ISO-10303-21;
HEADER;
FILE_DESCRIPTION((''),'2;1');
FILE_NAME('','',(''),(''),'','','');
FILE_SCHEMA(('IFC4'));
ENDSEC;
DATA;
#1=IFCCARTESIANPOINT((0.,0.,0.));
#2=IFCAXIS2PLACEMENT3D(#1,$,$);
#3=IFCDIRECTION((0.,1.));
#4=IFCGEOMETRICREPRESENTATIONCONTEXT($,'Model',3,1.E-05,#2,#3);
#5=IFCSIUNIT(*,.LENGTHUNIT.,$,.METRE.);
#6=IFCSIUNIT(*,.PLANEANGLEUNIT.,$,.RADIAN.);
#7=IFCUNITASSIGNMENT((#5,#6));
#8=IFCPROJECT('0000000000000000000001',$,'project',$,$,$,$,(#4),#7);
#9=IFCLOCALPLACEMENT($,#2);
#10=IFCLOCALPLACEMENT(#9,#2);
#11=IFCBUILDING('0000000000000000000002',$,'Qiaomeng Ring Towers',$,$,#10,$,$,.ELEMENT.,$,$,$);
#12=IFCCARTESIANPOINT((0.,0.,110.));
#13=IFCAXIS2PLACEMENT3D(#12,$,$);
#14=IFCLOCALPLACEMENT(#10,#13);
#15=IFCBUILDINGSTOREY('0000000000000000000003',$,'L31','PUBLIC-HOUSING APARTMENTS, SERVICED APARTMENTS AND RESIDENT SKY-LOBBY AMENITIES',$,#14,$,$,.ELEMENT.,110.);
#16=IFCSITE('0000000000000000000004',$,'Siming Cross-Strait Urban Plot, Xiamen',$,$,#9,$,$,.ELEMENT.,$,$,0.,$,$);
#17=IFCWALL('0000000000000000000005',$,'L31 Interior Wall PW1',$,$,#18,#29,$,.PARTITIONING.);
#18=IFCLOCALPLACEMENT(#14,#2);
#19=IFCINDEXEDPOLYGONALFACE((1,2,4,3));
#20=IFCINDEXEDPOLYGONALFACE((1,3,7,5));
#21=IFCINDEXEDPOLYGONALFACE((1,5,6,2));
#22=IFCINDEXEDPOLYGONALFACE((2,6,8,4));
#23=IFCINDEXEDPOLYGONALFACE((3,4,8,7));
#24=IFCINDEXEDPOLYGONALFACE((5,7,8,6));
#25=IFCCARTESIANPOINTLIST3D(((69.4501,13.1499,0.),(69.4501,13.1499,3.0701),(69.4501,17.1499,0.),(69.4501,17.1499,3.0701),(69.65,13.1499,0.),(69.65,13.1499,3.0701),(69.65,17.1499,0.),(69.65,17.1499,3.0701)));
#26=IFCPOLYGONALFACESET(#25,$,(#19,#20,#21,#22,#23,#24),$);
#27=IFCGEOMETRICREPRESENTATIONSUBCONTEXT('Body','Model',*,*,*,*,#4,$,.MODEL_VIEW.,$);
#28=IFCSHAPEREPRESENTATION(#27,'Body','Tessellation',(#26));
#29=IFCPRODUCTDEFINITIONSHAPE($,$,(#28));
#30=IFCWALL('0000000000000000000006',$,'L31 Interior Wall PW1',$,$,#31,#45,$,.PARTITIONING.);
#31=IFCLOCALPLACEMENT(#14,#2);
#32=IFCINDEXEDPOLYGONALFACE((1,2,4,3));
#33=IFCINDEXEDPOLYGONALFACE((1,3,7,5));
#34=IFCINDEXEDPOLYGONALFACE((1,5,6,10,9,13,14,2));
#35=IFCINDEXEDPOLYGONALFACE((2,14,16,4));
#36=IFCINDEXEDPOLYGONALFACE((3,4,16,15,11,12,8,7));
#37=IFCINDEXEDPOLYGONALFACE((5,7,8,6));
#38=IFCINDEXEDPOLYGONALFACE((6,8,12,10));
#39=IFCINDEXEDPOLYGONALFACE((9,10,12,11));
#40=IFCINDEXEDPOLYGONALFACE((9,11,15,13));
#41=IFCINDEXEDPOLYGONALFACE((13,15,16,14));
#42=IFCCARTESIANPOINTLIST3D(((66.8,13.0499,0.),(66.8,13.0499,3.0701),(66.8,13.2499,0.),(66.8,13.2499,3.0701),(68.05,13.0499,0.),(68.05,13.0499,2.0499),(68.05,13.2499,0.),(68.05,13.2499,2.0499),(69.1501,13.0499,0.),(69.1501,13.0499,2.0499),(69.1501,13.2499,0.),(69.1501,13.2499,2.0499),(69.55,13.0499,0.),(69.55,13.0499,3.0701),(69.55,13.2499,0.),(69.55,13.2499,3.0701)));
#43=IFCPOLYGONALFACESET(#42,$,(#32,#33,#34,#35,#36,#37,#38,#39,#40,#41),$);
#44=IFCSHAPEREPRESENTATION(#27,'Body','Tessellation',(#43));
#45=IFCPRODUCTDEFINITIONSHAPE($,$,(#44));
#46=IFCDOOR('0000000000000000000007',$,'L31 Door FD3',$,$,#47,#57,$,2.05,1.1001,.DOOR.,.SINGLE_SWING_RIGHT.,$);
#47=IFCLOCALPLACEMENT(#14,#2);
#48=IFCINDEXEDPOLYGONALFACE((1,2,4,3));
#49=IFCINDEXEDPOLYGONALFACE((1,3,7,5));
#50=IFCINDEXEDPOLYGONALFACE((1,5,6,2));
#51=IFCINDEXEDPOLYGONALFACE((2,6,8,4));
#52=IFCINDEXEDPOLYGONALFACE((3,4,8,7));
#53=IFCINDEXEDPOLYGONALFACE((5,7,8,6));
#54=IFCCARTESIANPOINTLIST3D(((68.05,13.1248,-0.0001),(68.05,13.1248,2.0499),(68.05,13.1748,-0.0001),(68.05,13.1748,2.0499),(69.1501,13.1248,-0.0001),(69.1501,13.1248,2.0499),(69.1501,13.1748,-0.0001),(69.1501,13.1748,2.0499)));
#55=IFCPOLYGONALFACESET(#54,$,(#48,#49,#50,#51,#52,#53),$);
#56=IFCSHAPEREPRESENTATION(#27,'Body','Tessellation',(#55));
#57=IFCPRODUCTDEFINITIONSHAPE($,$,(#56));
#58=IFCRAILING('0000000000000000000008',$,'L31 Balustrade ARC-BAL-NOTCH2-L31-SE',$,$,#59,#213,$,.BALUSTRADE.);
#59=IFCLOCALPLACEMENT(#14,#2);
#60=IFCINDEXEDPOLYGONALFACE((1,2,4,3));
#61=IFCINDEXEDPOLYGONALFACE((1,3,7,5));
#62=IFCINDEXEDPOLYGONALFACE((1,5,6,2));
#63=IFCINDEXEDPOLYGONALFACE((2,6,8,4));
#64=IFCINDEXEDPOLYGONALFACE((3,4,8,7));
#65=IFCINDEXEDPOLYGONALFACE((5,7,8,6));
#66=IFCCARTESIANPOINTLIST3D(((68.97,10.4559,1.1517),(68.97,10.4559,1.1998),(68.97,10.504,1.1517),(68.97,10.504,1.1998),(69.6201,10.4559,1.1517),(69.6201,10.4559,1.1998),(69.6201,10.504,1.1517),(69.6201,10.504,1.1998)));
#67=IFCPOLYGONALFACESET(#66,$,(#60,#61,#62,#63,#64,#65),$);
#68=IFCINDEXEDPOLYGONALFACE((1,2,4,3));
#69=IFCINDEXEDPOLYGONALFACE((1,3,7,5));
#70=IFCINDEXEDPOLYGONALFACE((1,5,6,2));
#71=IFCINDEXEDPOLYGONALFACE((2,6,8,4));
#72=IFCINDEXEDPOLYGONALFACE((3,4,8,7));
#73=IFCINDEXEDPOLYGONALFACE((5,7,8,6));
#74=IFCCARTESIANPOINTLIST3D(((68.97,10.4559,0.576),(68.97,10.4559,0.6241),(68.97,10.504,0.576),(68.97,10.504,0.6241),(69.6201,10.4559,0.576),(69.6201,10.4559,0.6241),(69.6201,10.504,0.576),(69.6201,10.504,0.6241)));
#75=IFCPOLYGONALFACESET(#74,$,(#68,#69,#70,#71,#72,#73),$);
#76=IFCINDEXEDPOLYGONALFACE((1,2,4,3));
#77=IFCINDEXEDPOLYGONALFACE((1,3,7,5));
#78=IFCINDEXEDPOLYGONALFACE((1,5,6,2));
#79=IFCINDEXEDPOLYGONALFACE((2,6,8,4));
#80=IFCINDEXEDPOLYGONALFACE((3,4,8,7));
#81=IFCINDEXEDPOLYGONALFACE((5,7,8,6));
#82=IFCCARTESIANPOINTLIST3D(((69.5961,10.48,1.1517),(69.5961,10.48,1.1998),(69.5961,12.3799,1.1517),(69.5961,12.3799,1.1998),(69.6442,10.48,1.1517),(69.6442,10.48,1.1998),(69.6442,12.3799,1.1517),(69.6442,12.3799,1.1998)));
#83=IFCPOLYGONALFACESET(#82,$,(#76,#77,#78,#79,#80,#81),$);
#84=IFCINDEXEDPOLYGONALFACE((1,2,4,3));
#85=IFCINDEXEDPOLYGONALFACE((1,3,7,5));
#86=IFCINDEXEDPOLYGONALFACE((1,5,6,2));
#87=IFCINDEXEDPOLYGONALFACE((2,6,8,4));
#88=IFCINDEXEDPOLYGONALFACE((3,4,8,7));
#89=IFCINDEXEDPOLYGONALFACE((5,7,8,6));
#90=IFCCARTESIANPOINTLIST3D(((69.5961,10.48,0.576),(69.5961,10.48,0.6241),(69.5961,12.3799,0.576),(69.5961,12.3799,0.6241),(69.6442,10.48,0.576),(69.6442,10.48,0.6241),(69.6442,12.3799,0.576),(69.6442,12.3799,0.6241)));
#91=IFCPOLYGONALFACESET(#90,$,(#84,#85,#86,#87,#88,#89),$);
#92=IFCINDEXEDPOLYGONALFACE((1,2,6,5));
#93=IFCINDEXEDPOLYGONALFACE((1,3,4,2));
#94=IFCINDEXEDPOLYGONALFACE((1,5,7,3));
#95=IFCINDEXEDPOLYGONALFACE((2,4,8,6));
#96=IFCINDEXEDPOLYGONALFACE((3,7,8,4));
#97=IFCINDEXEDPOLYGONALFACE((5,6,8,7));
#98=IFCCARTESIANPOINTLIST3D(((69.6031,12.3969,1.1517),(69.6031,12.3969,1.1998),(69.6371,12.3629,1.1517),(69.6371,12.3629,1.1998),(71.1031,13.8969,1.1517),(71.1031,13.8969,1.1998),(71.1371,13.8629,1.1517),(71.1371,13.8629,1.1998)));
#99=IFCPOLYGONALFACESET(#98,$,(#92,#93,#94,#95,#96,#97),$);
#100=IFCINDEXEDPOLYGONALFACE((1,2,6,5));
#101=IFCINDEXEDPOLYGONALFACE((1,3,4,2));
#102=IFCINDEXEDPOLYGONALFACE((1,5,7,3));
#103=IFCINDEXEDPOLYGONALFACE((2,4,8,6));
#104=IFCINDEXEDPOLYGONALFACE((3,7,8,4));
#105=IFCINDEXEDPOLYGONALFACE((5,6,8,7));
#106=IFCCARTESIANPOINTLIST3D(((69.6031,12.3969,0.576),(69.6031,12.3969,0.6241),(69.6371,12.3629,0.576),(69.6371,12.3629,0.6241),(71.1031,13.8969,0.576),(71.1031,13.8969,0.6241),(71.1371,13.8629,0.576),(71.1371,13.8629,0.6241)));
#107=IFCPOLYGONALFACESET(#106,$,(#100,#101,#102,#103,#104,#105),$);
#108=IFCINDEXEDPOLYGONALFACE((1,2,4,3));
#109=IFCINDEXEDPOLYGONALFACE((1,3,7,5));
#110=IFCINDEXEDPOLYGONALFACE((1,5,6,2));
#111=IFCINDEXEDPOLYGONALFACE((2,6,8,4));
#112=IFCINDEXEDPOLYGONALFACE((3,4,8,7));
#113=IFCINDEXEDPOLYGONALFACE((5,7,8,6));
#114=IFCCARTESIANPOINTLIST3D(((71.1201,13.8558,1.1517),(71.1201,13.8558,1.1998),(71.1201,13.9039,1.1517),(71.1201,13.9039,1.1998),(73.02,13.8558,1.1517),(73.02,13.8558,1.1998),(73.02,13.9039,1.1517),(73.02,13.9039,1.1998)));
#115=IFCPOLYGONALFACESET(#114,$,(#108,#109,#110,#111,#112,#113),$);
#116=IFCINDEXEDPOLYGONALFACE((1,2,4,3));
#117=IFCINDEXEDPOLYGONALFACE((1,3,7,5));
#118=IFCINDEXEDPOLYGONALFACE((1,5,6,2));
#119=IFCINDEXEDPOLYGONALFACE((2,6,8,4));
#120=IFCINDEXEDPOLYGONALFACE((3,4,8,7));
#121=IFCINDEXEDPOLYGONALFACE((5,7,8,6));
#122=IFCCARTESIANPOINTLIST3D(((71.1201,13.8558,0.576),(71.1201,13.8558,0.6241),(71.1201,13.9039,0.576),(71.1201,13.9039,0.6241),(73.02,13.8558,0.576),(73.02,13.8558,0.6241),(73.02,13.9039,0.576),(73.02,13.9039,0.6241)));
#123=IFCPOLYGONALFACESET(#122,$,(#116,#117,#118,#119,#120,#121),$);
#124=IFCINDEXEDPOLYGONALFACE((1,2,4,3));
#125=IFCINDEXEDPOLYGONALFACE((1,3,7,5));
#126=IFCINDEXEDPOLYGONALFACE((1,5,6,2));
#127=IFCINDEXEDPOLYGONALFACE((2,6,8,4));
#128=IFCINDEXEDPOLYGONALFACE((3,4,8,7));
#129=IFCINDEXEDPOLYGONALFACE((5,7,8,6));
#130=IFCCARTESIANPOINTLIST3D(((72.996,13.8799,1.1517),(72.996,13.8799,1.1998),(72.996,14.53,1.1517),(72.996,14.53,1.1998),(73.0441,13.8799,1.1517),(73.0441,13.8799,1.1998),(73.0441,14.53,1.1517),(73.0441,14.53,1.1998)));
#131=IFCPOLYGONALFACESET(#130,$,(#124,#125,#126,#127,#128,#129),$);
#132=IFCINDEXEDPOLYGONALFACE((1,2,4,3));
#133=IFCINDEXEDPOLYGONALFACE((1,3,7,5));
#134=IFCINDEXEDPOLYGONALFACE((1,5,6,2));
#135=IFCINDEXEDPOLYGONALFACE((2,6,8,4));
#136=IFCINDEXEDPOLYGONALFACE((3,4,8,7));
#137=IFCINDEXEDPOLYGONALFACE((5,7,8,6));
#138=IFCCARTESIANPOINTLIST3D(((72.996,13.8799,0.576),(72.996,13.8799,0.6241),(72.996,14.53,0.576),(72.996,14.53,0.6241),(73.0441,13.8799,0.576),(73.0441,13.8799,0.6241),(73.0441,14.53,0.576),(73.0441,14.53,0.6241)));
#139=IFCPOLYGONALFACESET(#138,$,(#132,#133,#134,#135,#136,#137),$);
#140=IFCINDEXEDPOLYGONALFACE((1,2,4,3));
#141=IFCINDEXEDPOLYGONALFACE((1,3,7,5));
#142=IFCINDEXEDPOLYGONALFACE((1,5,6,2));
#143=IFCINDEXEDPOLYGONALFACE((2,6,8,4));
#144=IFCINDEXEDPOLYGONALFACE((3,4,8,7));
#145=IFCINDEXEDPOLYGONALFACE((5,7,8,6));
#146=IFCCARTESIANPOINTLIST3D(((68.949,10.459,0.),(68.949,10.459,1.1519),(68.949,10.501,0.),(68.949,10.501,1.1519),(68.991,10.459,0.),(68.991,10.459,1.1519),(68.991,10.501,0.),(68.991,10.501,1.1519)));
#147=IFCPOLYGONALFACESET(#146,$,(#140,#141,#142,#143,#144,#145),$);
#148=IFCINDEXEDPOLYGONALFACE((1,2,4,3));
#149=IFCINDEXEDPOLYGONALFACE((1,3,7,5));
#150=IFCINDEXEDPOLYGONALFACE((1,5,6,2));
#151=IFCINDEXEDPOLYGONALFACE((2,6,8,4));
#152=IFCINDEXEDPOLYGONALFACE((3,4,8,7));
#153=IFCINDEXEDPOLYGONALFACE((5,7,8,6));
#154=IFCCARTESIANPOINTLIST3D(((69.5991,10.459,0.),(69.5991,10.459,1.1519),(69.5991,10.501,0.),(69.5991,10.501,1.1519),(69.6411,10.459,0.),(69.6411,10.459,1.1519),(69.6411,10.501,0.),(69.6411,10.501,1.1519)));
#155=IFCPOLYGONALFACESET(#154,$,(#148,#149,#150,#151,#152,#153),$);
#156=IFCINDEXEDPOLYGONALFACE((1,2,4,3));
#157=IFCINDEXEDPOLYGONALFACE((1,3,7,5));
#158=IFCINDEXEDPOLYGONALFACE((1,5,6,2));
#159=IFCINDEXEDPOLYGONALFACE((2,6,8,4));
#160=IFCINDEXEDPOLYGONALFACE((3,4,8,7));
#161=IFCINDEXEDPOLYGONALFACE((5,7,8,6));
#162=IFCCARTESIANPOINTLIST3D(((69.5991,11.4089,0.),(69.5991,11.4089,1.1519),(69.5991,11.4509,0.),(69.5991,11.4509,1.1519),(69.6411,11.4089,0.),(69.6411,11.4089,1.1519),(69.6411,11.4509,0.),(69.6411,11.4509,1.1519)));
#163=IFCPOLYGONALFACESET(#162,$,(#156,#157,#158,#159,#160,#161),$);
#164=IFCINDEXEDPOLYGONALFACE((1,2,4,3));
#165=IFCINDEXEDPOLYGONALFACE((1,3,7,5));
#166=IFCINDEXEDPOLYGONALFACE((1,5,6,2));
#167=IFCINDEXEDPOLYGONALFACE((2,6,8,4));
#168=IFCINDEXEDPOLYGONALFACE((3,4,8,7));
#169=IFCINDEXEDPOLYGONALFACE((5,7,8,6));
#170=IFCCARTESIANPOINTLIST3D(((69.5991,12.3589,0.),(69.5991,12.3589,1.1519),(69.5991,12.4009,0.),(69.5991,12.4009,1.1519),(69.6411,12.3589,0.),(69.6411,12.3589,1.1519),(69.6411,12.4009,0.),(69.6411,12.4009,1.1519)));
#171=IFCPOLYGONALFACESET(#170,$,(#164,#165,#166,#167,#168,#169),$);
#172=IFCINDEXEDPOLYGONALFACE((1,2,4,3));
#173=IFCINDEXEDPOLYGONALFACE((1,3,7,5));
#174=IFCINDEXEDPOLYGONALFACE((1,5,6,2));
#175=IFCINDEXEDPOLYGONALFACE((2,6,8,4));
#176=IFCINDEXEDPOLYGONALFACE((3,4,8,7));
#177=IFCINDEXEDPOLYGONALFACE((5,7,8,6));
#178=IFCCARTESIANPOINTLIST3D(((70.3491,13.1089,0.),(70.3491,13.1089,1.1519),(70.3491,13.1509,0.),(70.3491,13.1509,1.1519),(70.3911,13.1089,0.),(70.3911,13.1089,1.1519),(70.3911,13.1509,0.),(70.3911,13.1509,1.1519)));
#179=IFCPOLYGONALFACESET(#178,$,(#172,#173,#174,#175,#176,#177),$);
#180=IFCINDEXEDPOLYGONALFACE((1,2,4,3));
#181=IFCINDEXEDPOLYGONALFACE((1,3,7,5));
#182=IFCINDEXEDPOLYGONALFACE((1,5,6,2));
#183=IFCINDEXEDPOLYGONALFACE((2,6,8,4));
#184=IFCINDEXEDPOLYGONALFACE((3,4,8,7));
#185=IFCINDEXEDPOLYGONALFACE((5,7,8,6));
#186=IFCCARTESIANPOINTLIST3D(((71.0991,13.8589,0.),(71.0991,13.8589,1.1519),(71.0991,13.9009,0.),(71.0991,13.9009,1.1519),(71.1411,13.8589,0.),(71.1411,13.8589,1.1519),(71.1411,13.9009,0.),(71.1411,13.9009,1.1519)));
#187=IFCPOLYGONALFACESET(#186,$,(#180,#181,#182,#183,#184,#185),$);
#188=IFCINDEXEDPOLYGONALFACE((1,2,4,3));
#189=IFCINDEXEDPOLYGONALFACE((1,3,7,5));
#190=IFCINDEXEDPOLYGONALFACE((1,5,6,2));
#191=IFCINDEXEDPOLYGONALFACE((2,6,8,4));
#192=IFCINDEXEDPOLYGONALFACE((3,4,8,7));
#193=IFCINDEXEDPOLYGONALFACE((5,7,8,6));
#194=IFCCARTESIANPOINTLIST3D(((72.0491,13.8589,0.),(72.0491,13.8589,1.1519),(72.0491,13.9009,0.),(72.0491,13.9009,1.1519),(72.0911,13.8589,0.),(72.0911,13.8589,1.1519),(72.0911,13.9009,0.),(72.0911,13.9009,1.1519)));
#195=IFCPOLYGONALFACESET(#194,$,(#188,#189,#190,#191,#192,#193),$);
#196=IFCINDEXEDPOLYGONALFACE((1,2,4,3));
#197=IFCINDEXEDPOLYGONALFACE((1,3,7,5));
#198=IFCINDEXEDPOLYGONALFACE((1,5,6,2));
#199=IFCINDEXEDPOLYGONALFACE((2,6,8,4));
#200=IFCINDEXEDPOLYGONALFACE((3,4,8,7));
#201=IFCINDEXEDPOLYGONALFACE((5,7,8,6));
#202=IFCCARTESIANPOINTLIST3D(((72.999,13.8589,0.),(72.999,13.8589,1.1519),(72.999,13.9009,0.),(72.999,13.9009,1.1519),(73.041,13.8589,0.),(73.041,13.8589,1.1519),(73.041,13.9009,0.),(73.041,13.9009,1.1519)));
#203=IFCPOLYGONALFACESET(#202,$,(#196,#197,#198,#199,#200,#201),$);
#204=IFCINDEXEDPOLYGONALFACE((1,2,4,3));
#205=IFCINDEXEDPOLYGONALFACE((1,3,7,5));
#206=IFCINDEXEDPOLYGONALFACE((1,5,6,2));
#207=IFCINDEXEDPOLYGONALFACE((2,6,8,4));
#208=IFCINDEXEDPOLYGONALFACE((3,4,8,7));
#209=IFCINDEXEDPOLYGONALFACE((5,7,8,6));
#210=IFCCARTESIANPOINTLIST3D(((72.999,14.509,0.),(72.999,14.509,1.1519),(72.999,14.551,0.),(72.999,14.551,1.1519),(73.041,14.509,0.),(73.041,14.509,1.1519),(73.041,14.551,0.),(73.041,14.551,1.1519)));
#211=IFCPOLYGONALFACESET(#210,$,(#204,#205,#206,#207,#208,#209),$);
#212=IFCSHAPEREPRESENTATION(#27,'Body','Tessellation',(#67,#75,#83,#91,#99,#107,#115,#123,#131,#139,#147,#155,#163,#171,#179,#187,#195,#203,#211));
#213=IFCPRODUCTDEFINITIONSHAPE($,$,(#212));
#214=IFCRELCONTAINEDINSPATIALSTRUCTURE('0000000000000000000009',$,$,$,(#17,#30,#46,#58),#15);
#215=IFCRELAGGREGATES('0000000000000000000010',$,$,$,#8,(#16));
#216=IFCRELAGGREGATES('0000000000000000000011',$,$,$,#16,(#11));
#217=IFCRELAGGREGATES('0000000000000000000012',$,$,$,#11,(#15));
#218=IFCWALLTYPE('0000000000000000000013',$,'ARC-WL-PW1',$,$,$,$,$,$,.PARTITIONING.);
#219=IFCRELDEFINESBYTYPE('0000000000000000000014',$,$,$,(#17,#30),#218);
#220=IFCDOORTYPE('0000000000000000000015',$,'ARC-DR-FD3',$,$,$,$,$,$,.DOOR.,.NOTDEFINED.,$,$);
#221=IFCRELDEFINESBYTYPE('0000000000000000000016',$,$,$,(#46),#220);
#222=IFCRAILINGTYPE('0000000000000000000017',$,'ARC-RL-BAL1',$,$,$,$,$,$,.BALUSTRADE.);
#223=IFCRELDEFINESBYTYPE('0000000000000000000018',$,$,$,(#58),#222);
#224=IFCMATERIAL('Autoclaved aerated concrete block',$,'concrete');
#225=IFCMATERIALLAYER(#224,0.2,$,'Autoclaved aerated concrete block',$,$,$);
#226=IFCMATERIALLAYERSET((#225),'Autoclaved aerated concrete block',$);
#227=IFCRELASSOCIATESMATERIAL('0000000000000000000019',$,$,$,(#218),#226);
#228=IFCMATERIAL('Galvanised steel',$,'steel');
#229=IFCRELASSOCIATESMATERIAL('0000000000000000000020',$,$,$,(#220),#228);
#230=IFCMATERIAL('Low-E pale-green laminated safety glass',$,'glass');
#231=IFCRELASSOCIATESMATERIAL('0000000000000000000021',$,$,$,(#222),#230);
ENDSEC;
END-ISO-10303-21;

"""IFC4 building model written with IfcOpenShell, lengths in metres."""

from ifc_helpers import new_model, si_unit, direction, frame, frame_2d, origin, origin_2d, place, context, subcontext, project, spatial, rectangle, extrude, source, transform, mapped, material, layer, layer_set, type_object, element, fill, save


model = new_model("IFC4")

# Units and contexts
model_context = context("Model", 3, precision=1e-05, world=origin(), true_north=direction((0.0, 1.0)))
body_context = subcontext(model_context, "Body", "Model", "MODEL_VIEW")
ifc_project = project(units=[si_unit("LENGTHUNIT", "METRE"), si_unit("PLANEANGLEUNIT", "RADIAN")], contexts=[model_context])

# Site, building, storey
site_placement = place(None, origin())
site = spatial("IfcSite", under=ifc_project, at=site_placement, Name="Siming Cross-Strait Urban Plot, Xiamen", CompositionType="ELEMENT", RefElevation=0.0)
building_placement = place(site_placement, origin())
building = spatial("IfcBuilding", under=site, at=building_placement, Name="Qiaomeng Ring Towers", CompositionType="ELEMENT")
storey_placement = place(building_placement, frame((0.0, 0.0, 110.0)))
storey = spatial("IfcBuildingStorey", under=building, at=storey_placement, Name="L31", Description="PUBLIC-HOUSING APARTMENTS, SERVICED APARTMENTS AND RESIDENT SKY-LOBBY AMENITIES", CompositionType="ELEMENT", Elevation=110.0)

# Wall
ifc_material_1 = material(Name="Autoclaved aerated concrete block", Category="concrete")
ifc_layer_1 = layer(ifc_material_1, 0.2, Name="Autoclaved aerated concrete block")
ifc_layer_set_1 = layer_set([ifc_layer_1], Name="Autoclaved aerated concrete block")
wall_type_1 = type_object("IfcWallType", Name="ARC-WL-PW1", PredefinedType="PARTITIONING", material=ifc_layer_set_1)
wall_1_placement = place(storey_placement, frame((69.55, 13.1499, 0.0), z_axis=(0.0, 0.0, 1.0), x_axis=(0.0, 1.0, 0.0)))
element("IfcWall", 1, at=wall_1_placement, inside=storey, type_object=wall_type_1, Name="L31 Interior Wall PW1", PredefinedType="PARTITIONING", context=body_context, shape_type="SweptSolid", body=[
    extrude(rectangle(XDim=4.0, YDim=0.2, at=frame_2d((2.0, 0.0))), origin(), (0.0, 0.0, 1.0), 3.0701),
])

# Wall, opening, door
wall_2_placement = place(storey_placement, frame((66.8, 13.1499, 0.0), z_axis=(0.0, 0.0, 1.0), x_axis=(1.0, 0.0, 0.0)))
wall_2 = element("IfcWall", 2, at=wall_2_placement, inside=storey, type_object=wall_type_1, Name="L31 Interior Wall PW1", PredefinedType="PARTITIONING", context=body_context, shape_type="SweptSolid", body=[
    extrude(rectangle(XDim=2.75, YDim=0.2, at=frame_2d((1.375, 0.0))), origin(), (0.0, 0.0, 1.0), 3.0701),
])
opening_1_placement = place(wall_2_placement, frame((1.25, 0.0, 0.0)))
opening_1 = element("IfcOpeningElement", 3, at=opening_1_placement, cuts=wall_2, PredefinedType="OPENING", context=body_context, shape_type="SweptSolid", body=[
    extrude(rectangle(XDim=1.1001, YDim=2.05, at=frame_2d((0.55, 1.0249))), frame((0.0, 0.1099, 0.0), z_axis=(0.0, -1.0, 0.0), x_axis=(1.0, 0.0, 0.0)), (0.0, 0.0, 1.0), 0.22),
])
ifc_material_2 = material(Name="Galvanised steel", Category="steel")
door_type_1 = type_object("IfcDoorType", Name="ARC-DR-FD3", OperationType="NOTDEFINED", PredefinedType="DOOR", material=ifc_material_2)
shared_shape_1 = source(origin(), body_context, "Body", "SweptSolid", [
    extrude(rectangle(XDim=1.1001, YDim=2.05, at=frame_2d((0.55, 1.0249))), frame((0.0, 0.0249, 0.0), z_axis=(0.0, -1.0, 0.0), x_axis=(1.0, 0.0, 0.0)), (0.0, 0.0, 1.0), 0.05),
])
door_1_placement = place(opening_1_placement, origin())
door_1 = element("IfcDoor", 4, at=door_1_placement, inside=storey, type_object=door_type_1, Name="L31 Door FD3", OperationType="SINGLE_SWING_RIGHT", OverallHeight=2.05, OverallWidth=1.1001, PredefinedType="DOOR", context=body_context, shape_type="MappedRepresentation", body=[
    mapped(shared_shape_1, transform((0.0, 0.0, 0.0), x_axis=(1.0, 0.0, 0.0), y_axis=(0.0, 1.0, 0.0), z_axis=(0.0, 0.0, 1.0), scale=1.0)),
])
fill(opening_1, door_1)

# Railing
ifc_material_3 = material(Name="Low-E pale-green laminated safety glass", Category="glass")
railing_type = type_object("IfcRailingType", Name="ARC-RL-BAL1", PredefinedType="BALUSTRADE", material=ifc_material_3)
railing_placement = place(storey_placement, frame((68.97, 10.48, 0.0)))
element("IfcRailing", 5, at=railing_placement, inside=storey, type_object=railing_type, Name="L31 Balustrade ARC-BAL-NOTCH2-L31-SE", PredefinedType="BALUSTRADE", context=body_context, shape_type="SweptSolid", body=[
    extrude(rectangle(XDim=0.0481, YDim=0.0481, at=origin_2d()), frame((0.0, 0.0, 1.1758), z_axis=(1.0, 0.0, 0.0), x_axis=(0.0, 1.0, 0.0)), (0.0, 0.0, 1.0), 0.6501),
    extrude(rectangle(XDim=0.0481, YDim=0.0481, at=origin_2d()), frame((0.0, 0.0, 0.6001), z_axis=(1.0, 0.0, 0.0), x_axis=(0.0, 1.0, 0.0)), (0.0, 0.0, 1.0), 0.6501),
    extrude(rectangle(XDim=0.0481, YDim=0.0481, at=origin_2d()), frame((0.6501, 0.0, 1.1758), z_axis=(0.0, 1.0, 0.0), x_axis=(-1.0, 0.0, 0.0)), (0.0, 0.0, 1.0), 1.8999),
    extrude(rectangle(XDim=0.0481, YDim=0.0481, at=origin_2d()), frame((0.6501, 0.0, 0.6001), z_axis=(0.0, 1.0, 0.0), x_axis=(-1.0, 0.0, 0.0)), (0.0, 0.0, 1.0), 1.8999),
    extrude(rectangle(XDim=0.0481, YDim=0.0481, at=origin_2d()), frame((0.6501, 1.8999, 1.1758), z_axis=(0.707107, 0.707107, 0.0), x_axis=(-0.707107, 0.707107, 0.0)), (0.0, 0.0, 1.0), 2.1213),
    extrude(rectangle(XDim=0.0481, YDim=0.0481, at=origin_2d()), frame((0.6501, 1.8999, 0.6001), z_axis=(0.707107, 0.707107, 0.0), x_axis=(-0.707107, 0.707107, 0.0)), (0.0, 0.0, 1.0), 2.1213),
    extrude(rectangle(XDim=0.0481, YDim=0.0481, at=origin_2d()), frame((2.1501, 3.3999, 1.1758), z_axis=(1.0, 0.0, 0.0), x_axis=(0.0, 1.0, 0.0)), (0.0, 0.0, 1.0), 1.8999),
    extrude(rectangle(XDim=0.0481, YDim=0.0481, at=origin_2d()), frame((2.1501, 3.3999, 0.6001), z_axis=(1.0, 0.0, 0.0), x_axis=(0.0, 1.0, 0.0)), (0.0, 0.0, 1.0), 1.8999),
    extrude(rectangle(XDim=0.0481, YDim=0.0481, at=origin_2d()), frame((4.05, 3.3999, 1.1758), z_axis=(0.0, 1.0, 0.0), x_axis=(-1.0, 0.0, 0.0)), (0.0, 0.0, 1.0), 0.6501),
    extrude(rectangle(XDim=0.0481, YDim=0.0481, at=origin_2d()), frame((4.05, 3.3999, 0.6001), z_axis=(0.0, 1.0, 0.0), x_axis=(-1.0, 0.0, 0.0)), (0.0, 0.0, 1.0), 0.6501),
    extrude(rectangle(XDim=0.042, YDim=0.042, at=origin_2d()), origin(), (0.0, 0.0, 1.0), 1.1519),
    extrude(rectangle(XDim=0.042, YDim=0.042, at=origin_2d()), frame((0.6501, 0.0, 0.0)), (0.0, 0.0, 1.0), 1.1519),
    extrude(rectangle(XDim=0.042, YDim=0.042, at=origin_2d()), frame((0.6501, 0.95, 0.0)), (0.0, 0.0, 1.0), 1.1519),
    extrude(rectangle(XDim=0.042, YDim=0.042, at=origin_2d()), frame((0.6501, 1.8999, 0.0)), (0.0, 0.0, 1.0), 1.1519),
    extrude(rectangle(XDim=0.042, YDim=0.042, at=origin_2d()), frame((1.4001, 2.6499, 0.0)), (0.0, 0.0, 1.0), 1.1519),
    extrude(rectangle(XDim=0.042, YDim=0.042, at=origin_2d()), frame((2.1501, 3.3999, 0.0)), (0.0, 0.0, 1.0), 1.1519),
    extrude(rectangle(XDim=0.042, YDim=0.042, at=origin_2d()), frame((3.1001, 3.3999, 0.0)), (0.0, 0.0, 1.0), 1.1519),
    extrude(rectangle(XDim=0.042, YDim=0.042, at=origin_2d()), frame((4.05, 3.3999, 0.0)), (0.0, 0.0, 1.0), 1.1519),
    extrude(rectangle(XDim=0.042, YDim=0.042, at=origin_2d()), frame((4.05, 4.05, 0.0)), (0.0, 0.0, 1.0), 1.1519),
])

save(model, "model.ifc")
